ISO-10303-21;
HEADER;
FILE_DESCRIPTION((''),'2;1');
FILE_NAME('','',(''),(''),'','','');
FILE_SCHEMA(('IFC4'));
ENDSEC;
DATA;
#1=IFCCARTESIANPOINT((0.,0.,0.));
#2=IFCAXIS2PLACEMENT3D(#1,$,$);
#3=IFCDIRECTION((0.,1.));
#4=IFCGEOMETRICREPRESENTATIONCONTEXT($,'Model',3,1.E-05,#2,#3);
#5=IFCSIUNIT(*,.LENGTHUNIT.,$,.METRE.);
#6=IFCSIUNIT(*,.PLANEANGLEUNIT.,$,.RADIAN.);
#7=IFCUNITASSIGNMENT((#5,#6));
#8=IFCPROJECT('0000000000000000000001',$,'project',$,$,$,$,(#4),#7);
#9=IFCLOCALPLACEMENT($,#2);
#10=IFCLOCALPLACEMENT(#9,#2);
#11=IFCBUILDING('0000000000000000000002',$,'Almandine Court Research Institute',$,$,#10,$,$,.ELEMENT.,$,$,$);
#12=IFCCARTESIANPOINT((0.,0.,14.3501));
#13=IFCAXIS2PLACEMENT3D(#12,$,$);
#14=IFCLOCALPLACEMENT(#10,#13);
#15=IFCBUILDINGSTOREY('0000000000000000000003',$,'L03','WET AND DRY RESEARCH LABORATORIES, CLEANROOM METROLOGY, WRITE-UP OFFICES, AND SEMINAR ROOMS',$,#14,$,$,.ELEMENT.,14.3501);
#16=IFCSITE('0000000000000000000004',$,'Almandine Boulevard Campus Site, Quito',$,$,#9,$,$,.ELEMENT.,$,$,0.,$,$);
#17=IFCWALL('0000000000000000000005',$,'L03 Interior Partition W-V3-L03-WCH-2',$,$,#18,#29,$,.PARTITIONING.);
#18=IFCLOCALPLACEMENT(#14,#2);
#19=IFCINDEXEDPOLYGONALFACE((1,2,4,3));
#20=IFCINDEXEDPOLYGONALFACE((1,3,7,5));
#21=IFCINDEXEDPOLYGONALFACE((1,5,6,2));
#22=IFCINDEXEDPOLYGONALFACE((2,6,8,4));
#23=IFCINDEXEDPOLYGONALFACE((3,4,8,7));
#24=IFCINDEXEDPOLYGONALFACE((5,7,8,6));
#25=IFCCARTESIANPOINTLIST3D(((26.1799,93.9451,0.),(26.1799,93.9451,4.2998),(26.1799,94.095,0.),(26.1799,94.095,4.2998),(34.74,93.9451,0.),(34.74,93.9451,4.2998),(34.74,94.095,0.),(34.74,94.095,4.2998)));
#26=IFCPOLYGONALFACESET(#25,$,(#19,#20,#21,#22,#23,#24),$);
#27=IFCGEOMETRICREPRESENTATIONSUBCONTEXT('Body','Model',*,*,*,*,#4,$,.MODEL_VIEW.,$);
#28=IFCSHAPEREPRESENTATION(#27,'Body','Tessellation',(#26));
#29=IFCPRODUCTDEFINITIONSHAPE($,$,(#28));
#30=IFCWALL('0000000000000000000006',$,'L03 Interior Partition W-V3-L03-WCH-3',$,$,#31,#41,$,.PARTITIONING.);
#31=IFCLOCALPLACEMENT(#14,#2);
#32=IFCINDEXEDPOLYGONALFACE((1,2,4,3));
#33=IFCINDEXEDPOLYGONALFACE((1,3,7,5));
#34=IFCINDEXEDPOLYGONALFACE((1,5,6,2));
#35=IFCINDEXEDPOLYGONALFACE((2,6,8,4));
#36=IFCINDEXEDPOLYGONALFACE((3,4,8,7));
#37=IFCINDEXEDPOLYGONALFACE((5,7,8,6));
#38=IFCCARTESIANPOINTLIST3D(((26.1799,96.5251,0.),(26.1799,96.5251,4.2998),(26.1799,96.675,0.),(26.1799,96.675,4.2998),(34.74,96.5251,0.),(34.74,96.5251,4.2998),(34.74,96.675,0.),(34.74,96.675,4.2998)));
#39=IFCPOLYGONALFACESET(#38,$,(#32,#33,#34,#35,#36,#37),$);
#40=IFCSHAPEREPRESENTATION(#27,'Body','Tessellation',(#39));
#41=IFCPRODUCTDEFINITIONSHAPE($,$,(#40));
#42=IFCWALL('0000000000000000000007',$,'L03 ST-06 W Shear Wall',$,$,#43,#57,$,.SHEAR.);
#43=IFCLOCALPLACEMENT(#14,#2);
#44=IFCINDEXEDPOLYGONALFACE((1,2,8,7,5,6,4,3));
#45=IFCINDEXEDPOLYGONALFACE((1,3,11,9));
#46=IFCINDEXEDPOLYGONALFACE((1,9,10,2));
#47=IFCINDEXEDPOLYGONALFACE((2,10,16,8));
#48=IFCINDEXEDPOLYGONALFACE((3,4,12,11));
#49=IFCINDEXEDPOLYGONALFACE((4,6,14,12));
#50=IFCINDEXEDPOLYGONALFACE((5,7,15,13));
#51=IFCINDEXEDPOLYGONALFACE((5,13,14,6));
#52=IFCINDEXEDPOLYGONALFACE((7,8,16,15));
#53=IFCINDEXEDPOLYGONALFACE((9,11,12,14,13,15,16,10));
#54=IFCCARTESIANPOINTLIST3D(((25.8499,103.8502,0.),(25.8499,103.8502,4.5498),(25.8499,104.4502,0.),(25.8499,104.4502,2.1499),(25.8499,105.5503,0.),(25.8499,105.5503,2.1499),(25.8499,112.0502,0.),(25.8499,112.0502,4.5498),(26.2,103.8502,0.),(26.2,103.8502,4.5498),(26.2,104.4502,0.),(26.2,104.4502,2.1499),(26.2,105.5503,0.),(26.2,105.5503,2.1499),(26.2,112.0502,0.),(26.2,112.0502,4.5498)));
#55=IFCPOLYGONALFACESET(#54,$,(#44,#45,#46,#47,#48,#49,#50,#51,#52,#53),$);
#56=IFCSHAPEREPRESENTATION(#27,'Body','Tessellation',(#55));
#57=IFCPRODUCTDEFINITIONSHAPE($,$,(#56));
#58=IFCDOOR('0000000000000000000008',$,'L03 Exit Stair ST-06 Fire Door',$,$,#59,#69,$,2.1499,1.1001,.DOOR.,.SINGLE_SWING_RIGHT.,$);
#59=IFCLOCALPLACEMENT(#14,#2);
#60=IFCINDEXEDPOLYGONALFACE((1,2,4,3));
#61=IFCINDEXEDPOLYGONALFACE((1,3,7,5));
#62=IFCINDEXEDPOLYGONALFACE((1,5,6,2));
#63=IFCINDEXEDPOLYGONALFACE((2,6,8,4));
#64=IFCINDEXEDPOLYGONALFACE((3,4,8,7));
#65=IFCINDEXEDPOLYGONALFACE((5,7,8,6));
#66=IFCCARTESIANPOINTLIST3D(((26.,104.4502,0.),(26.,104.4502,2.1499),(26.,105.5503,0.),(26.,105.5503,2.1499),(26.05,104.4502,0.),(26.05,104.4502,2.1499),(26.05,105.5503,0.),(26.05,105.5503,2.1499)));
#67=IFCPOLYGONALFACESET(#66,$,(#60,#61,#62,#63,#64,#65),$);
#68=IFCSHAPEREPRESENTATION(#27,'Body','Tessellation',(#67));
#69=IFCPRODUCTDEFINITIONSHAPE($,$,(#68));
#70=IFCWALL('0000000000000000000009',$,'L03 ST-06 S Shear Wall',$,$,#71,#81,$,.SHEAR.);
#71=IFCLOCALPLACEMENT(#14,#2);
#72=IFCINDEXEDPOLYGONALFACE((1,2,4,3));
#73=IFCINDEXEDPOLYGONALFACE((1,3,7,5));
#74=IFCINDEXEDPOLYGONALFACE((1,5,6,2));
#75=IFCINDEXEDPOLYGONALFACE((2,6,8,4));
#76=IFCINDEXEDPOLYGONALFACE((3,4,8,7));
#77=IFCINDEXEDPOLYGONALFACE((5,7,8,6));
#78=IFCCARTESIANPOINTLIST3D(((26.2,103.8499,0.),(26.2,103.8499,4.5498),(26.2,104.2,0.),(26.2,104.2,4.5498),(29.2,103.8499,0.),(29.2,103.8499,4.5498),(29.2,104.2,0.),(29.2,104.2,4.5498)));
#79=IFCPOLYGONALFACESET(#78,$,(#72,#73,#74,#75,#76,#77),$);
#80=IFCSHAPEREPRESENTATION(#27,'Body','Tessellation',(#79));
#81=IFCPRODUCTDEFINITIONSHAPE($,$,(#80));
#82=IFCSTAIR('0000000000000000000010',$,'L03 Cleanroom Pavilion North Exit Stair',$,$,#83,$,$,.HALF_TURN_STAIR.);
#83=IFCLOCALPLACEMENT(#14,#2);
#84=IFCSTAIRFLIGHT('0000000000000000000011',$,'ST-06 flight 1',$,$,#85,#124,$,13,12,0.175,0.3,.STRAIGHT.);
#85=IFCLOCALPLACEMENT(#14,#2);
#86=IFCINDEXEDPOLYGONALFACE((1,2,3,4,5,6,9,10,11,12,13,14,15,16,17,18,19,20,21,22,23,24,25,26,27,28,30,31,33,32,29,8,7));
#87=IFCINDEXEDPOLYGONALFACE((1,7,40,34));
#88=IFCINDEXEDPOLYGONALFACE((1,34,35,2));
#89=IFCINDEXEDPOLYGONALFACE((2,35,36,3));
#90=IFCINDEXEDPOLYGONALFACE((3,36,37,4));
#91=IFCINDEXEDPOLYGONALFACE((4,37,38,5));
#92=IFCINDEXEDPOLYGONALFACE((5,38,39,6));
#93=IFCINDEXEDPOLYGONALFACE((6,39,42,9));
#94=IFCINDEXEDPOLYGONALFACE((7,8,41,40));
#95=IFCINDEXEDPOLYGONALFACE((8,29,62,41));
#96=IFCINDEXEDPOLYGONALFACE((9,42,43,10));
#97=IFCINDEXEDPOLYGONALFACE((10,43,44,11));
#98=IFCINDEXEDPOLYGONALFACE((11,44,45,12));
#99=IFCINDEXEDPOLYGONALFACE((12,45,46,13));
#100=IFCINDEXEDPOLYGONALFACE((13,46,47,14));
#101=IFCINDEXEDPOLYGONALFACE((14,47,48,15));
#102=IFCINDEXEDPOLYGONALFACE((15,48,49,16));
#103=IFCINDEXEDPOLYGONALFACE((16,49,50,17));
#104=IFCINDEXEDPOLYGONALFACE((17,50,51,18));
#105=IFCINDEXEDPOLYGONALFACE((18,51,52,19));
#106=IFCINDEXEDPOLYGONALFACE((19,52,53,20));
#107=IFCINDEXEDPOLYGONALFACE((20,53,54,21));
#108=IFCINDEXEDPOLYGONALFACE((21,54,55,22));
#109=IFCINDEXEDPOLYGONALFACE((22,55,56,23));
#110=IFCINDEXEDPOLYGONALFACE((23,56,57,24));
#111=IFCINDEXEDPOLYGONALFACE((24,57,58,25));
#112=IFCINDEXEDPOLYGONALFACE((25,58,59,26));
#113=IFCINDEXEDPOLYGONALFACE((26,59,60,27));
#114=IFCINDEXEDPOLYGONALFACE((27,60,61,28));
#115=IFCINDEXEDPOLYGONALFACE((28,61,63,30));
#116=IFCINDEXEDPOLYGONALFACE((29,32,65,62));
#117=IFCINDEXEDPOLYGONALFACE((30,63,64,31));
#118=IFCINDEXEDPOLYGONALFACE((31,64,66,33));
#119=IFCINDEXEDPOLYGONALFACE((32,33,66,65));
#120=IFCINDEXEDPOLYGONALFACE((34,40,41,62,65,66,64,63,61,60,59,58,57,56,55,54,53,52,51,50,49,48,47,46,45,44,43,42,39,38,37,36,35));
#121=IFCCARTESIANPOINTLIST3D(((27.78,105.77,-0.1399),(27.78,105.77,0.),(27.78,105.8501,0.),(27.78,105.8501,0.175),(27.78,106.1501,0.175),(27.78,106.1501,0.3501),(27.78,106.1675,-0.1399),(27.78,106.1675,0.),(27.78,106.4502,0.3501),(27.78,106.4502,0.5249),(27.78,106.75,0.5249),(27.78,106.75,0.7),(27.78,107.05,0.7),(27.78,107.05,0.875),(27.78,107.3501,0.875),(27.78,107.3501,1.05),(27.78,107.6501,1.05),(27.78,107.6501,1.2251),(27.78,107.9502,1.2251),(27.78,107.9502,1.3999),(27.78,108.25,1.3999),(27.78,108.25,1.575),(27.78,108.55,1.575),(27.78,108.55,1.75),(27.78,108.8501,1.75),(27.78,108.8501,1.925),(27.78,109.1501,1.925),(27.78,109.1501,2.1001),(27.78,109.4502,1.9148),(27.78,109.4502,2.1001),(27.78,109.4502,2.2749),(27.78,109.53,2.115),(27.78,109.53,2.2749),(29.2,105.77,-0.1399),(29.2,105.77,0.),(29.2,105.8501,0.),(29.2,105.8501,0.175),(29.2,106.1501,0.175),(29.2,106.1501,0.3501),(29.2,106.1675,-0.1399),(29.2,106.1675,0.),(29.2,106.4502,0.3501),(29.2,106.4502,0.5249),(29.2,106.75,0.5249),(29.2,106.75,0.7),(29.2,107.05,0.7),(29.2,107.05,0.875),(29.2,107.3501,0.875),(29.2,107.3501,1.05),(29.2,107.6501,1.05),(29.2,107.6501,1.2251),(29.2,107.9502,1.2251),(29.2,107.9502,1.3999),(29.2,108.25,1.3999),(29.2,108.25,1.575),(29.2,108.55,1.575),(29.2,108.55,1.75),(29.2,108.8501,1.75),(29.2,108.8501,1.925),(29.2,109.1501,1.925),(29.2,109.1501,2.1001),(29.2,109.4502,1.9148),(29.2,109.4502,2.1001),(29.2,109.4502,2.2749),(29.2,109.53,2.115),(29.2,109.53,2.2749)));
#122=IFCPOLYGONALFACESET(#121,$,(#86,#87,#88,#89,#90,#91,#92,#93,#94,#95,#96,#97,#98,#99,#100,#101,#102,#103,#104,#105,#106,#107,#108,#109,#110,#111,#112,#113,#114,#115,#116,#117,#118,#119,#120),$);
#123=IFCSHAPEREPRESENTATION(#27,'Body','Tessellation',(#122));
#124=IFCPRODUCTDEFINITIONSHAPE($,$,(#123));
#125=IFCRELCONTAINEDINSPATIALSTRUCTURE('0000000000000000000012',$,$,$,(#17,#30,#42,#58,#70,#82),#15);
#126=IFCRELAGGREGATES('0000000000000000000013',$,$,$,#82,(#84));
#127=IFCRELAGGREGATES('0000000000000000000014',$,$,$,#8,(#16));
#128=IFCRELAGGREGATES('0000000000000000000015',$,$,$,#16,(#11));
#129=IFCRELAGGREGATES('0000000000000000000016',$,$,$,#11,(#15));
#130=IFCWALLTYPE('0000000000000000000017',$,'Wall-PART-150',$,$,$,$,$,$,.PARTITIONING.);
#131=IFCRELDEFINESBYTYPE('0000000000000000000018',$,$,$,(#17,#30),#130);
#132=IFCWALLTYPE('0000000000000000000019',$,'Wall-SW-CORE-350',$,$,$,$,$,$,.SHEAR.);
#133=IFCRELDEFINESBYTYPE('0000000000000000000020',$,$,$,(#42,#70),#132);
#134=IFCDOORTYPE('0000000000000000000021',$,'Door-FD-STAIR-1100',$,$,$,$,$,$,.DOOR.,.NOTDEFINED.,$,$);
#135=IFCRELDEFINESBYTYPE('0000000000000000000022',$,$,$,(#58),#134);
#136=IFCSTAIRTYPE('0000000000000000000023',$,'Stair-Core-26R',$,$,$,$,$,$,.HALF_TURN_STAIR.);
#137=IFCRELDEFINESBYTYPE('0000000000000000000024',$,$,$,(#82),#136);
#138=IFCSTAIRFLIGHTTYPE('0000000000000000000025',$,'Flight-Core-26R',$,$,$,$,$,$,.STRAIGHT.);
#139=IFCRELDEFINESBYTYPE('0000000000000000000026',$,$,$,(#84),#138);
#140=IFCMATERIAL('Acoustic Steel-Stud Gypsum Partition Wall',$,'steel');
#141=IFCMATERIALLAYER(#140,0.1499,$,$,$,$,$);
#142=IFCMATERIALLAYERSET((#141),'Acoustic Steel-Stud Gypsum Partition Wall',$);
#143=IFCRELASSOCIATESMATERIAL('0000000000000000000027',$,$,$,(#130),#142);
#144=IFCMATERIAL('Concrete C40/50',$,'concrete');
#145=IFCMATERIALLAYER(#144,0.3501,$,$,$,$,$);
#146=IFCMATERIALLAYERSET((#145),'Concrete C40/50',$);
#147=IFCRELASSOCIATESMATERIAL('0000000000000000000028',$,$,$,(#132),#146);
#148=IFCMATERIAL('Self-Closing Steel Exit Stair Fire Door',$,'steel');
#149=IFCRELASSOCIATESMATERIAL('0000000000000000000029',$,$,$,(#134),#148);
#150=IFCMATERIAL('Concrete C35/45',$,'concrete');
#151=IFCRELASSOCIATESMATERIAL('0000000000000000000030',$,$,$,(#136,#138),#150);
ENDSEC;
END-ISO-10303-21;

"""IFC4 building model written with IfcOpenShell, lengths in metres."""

from ifc_helpers import new_model, si_unit, direction, frame, frame_2d, origin, place, context, subcontext, project, spatial, polyline, rectangle, outline, extrude, material, layer, layer_set, type_object, element, fill, aggregate, save


model = new_model("IFC4")

# Units and contexts
model_context = context("Model", 3, precision=1e-05, world=origin(), true_north=direction((0.0, 1.0)))
body_context = subcontext(model_context, "Body", "Model", "MODEL_VIEW")
ifc_project = project(units=[si_unit("LENGTHUNIT", "METRE"), si_unit("PLANEANGLEUNIT", "RADIAN")], contexts=[model_context])

# Site, building, storey
site_placement = place(None, origin())
site = spatial("IfcSite", under=ifc_project, at=site_placement, Name="Almandine Boulevard Campus Site, Quito", CompositionType="ELEMENT", RefElevation=0.0)
building_placement = place(site_placement, origin())
building = spatial("IfcBuilding", under=site, at=building_placement, Name="Almandine Court Research Institute", CompositionType="ELEMENT")
storey_placement = place(building_placement, frame((0.0, 0.0, 14.3501)))
storey = spatial("IfcBuildingStorey", under=building, at=storey_placement, Name="L03", Description="WET AND DRY RESEARCH LABORATORIES, CLEANROOM METROLOGY, WRITE-UP OFFICES, AND SEMINAR ROOMS", CompositionType="ELEMENT", Elevation=14.3501)

# Walls
ifc_material_1 = material(Name="Acoustic Steel-Stud Gypsum Partition Wall", Category="steel")
ifc_layer_1 = layer(ifc_material_1, 0.1499)
ifc_layer_set_1 = layer_set([ifc_layer_1], Name="Acoustic Steel-Stud Gypsum Partition Wall")
wall_type_1 = type_object("IfcWallType", Name="Wall-PART-150", PredefinedType="PARTITIONING", material=ifc_layer_set_1)
for number, where, z_axis, x_axis, name in (
    (1, (26.1799, 94.02, 0.0), (0.0, 0.0, 1.0), (1.0, 0.0, 0.0), "L03 Interior Partition W-V3-L03-WCH-2"),
    (2, (26.1799, 96.6001, 0.0), (0.0, 0.0, 1.0), (1.0, 0.0, 0.0), "L03 Interior Partition W-V3-L03-WCH-3"),
):
    element("IfcWall", number, at=place(storey_placement, frame(where, z_axis=z_axis, x_axis=x_axis)), inside=storey, type_object=wall_type_1, Name=name, PredefinedType="PARTITIONING", context=body_context, shape_type="SweptSolid", body=[
        extrude(rectangle(XDim=8.5601, YDim=0.1499, at=frame_2d((4.28, 0.0))), origin(), (0.0, 0.0, 1.0), 4.2998),
    ])

# Wall, opening, door
ifc_material_2 = material(Name="Concrete C40/50", Category="concrete")
ifc_layer_2 = layer(ifc_material_2, 0.3501)
ifc_layer_set_2 = layer_set([ifc_layer_2], Name="Concrete C40/50")
wall_type_2 = type_object("IfcWallType", Name="Wall-SW-CORE-350", PredefinedType="SHEAR", material=ifc_layer_set_2)
wall_1_placement = place(storey_placement, frame((26.0249, 103.8501, 0.0), z_axis=(0.0, 0.0, 1.0), x_axis=(0.0, 1.0, 0.0)))
wall_1 = element("IfcWall", 3, at=wall_1_placement, inside=storey, type_object=wall_type_2, Name="L03 ST-06 W Shear Wall", PredefinedType="SHEAR", context=body_context, shape_type="SweptSolid", body=[
    extrude(rectangle(XDim=8.2, YDim=0.3501, at=frame_2d((4.1001, 0.0))), origin(), (0.0, 0.0, 1.0), 4.5498),
])
opening_placement = place(wall_1_placement, frame((0.6001, 0.0, 0.0)))
opening = element("IfcOpeningElement", 4, at=opening_placement, cuts=wall_1, PredefinedType="OPENING", context=body_context, shape_type="SweptSolid", body=[
    extrude(rectangle(XDim=1.1001, YDim=2.1499, at=frame_2d((0.55, 1.075))), frame((0.0, 0.1851, 0.0), z_axis=(0.0, -1.0, 0.0), x_axis=(1.0, 0.0, 0.0)), (0.0, 0.0, 1.0), 0.3701),
])
ifc_material_3 = material(Name="Self-Closing Steel Exit Stair Fire Door", Category="steel")
door_type = type_object("IfcDoorType", Name="Door-FD-STAIR-1100", OperationType="NOTDEFINED", PredefinedType="DOOR", material=ifc_material_3)
door_placement = place(opening_placement, origin())
door = element("IfcDoor", 5, at=door_placement, inside=storey, type_object=door_type, Name="L03 Exit Stair ST-06 Fire Door", OperationType="SINGLE_SWING_RIGHT", OverallHeight=2.1499, OverallWidth=1.1001, PredefinedType="DOOR", context=body_context, shape_type="SweptSolid", body=[
    extrude(rectangle(XDim=1.1001, YDim=2.1499, at=frame_2d((0.55, 1.075))), frame((0.0, 0.0249, 0.0), z_axis=(0.0, -1.0, 0.0), x_axis=(1.0, 0.0, 0.0)), (0.0, 0.0, 1.0), 0.05),
])
fill(opening, door)

# Wall
wall_2_placement = place(storey_placement, frame((29.2, 104.0249, 0.0), z_axis=(0.0, 0.0, 1.0), x_axis=(-1.0, 0.0, 0.0)))
element("IfcWall", 6, at=wall_2_placement, inside=storey, type_object=wall_type_2, Name="L03 ST-06 S Shear Wall", PredefinedType="SHEAR", context=body_context, shape_type="SweptSolid", body=[
    extrude(rectangle(XDim=3.0, YDim=0.3501, at=frame_2d((1.5, 0.0))), origin(), (0.0, 0.0, 1.0), 4.5498),
])

# Stair, stair flight
ifc_material_4 = material(Name="Concrete C35/45", Category="concrete")
stair_type = type_object("IfcStairType", Name="Stair-Core-26R", PredefinedType="HALF_TURN_STAIR", material=ifc_material_4)
stair_placement = place(storey_placement, origin())
stair = element("IfcStair", 7, at=stair_placement, inside=storey, type_object=stair_type, Name="L03 Cleanroom Pavilion North Exit Stair", PredefinedType="HALF_TURN_STAIR")
stair_flight_type = type_object("IfcStairFlightType", Name="Flight-Core-26R", PredefinedType="STRAIGHT", material=ifc_material_4)
stair_flight_placement = place(storey_placement, frame((28.49, 105.8501, 0.0), z_axis=(0.0, 0.0, 1.0), x_axis=(0.0, 1.0, 0.0)))
stair_flight = element("IfcStairFlight", 8, at=stair_flight_placement, type_object=stair_flight_type, Name="ST-06 flight 1", NumberOfRisers=13, NumberOfTreads=12, PredefinedType="STRAIGHT", RiserHeight=0.175, TreadLength=0.3, context=body_context, shape_type="SweptSolid", body=[
    extrude(outline(polyline([(-0.0801, -0.1399), (-0.0801, 0.0), (0.0, 0.0), (0.0, 0.175), (0.3, 0.175), (0.3, 0.3501), (0.6001, 0.3501), (0.6001, 0.5249), (0.8999, 0.5249), (0.8999, 0.7), (1.2, 0.7), (1.2, 0.875), (1.5, 0.875), (1.5, 1.05), (1.8, 1.05), (1.8, 1.2251), (2.1001, 1.2251), (2.1001, 1.3999), (2.3999, 1.3999), (2.3999, 1.575), (2.7, 1.575), (2.7, 1.75), (3.0, 1.75), (3.0, 1.925), (3.3, 1.925), (3.3, 2.1001), (3.6001, 2.1001), (3.6001, 2.2749), (3.6799, 2.2749), (3.6799, 2.115), (3.6001, 1.9148), (0.3174, 0.0), (0.3174, -0.1399), (-0.0801, -0.1399)])), frame((0.0, 0.71, 0.0), z_axis=(0.0, -1.0, 0.0), x_axis=(1.0, 0.0, 0.0)), (0.0, 0.0, 1.0), 1.4199),
])
aggregate(stair, [stair_flight])

save(model, "model.ifc")
